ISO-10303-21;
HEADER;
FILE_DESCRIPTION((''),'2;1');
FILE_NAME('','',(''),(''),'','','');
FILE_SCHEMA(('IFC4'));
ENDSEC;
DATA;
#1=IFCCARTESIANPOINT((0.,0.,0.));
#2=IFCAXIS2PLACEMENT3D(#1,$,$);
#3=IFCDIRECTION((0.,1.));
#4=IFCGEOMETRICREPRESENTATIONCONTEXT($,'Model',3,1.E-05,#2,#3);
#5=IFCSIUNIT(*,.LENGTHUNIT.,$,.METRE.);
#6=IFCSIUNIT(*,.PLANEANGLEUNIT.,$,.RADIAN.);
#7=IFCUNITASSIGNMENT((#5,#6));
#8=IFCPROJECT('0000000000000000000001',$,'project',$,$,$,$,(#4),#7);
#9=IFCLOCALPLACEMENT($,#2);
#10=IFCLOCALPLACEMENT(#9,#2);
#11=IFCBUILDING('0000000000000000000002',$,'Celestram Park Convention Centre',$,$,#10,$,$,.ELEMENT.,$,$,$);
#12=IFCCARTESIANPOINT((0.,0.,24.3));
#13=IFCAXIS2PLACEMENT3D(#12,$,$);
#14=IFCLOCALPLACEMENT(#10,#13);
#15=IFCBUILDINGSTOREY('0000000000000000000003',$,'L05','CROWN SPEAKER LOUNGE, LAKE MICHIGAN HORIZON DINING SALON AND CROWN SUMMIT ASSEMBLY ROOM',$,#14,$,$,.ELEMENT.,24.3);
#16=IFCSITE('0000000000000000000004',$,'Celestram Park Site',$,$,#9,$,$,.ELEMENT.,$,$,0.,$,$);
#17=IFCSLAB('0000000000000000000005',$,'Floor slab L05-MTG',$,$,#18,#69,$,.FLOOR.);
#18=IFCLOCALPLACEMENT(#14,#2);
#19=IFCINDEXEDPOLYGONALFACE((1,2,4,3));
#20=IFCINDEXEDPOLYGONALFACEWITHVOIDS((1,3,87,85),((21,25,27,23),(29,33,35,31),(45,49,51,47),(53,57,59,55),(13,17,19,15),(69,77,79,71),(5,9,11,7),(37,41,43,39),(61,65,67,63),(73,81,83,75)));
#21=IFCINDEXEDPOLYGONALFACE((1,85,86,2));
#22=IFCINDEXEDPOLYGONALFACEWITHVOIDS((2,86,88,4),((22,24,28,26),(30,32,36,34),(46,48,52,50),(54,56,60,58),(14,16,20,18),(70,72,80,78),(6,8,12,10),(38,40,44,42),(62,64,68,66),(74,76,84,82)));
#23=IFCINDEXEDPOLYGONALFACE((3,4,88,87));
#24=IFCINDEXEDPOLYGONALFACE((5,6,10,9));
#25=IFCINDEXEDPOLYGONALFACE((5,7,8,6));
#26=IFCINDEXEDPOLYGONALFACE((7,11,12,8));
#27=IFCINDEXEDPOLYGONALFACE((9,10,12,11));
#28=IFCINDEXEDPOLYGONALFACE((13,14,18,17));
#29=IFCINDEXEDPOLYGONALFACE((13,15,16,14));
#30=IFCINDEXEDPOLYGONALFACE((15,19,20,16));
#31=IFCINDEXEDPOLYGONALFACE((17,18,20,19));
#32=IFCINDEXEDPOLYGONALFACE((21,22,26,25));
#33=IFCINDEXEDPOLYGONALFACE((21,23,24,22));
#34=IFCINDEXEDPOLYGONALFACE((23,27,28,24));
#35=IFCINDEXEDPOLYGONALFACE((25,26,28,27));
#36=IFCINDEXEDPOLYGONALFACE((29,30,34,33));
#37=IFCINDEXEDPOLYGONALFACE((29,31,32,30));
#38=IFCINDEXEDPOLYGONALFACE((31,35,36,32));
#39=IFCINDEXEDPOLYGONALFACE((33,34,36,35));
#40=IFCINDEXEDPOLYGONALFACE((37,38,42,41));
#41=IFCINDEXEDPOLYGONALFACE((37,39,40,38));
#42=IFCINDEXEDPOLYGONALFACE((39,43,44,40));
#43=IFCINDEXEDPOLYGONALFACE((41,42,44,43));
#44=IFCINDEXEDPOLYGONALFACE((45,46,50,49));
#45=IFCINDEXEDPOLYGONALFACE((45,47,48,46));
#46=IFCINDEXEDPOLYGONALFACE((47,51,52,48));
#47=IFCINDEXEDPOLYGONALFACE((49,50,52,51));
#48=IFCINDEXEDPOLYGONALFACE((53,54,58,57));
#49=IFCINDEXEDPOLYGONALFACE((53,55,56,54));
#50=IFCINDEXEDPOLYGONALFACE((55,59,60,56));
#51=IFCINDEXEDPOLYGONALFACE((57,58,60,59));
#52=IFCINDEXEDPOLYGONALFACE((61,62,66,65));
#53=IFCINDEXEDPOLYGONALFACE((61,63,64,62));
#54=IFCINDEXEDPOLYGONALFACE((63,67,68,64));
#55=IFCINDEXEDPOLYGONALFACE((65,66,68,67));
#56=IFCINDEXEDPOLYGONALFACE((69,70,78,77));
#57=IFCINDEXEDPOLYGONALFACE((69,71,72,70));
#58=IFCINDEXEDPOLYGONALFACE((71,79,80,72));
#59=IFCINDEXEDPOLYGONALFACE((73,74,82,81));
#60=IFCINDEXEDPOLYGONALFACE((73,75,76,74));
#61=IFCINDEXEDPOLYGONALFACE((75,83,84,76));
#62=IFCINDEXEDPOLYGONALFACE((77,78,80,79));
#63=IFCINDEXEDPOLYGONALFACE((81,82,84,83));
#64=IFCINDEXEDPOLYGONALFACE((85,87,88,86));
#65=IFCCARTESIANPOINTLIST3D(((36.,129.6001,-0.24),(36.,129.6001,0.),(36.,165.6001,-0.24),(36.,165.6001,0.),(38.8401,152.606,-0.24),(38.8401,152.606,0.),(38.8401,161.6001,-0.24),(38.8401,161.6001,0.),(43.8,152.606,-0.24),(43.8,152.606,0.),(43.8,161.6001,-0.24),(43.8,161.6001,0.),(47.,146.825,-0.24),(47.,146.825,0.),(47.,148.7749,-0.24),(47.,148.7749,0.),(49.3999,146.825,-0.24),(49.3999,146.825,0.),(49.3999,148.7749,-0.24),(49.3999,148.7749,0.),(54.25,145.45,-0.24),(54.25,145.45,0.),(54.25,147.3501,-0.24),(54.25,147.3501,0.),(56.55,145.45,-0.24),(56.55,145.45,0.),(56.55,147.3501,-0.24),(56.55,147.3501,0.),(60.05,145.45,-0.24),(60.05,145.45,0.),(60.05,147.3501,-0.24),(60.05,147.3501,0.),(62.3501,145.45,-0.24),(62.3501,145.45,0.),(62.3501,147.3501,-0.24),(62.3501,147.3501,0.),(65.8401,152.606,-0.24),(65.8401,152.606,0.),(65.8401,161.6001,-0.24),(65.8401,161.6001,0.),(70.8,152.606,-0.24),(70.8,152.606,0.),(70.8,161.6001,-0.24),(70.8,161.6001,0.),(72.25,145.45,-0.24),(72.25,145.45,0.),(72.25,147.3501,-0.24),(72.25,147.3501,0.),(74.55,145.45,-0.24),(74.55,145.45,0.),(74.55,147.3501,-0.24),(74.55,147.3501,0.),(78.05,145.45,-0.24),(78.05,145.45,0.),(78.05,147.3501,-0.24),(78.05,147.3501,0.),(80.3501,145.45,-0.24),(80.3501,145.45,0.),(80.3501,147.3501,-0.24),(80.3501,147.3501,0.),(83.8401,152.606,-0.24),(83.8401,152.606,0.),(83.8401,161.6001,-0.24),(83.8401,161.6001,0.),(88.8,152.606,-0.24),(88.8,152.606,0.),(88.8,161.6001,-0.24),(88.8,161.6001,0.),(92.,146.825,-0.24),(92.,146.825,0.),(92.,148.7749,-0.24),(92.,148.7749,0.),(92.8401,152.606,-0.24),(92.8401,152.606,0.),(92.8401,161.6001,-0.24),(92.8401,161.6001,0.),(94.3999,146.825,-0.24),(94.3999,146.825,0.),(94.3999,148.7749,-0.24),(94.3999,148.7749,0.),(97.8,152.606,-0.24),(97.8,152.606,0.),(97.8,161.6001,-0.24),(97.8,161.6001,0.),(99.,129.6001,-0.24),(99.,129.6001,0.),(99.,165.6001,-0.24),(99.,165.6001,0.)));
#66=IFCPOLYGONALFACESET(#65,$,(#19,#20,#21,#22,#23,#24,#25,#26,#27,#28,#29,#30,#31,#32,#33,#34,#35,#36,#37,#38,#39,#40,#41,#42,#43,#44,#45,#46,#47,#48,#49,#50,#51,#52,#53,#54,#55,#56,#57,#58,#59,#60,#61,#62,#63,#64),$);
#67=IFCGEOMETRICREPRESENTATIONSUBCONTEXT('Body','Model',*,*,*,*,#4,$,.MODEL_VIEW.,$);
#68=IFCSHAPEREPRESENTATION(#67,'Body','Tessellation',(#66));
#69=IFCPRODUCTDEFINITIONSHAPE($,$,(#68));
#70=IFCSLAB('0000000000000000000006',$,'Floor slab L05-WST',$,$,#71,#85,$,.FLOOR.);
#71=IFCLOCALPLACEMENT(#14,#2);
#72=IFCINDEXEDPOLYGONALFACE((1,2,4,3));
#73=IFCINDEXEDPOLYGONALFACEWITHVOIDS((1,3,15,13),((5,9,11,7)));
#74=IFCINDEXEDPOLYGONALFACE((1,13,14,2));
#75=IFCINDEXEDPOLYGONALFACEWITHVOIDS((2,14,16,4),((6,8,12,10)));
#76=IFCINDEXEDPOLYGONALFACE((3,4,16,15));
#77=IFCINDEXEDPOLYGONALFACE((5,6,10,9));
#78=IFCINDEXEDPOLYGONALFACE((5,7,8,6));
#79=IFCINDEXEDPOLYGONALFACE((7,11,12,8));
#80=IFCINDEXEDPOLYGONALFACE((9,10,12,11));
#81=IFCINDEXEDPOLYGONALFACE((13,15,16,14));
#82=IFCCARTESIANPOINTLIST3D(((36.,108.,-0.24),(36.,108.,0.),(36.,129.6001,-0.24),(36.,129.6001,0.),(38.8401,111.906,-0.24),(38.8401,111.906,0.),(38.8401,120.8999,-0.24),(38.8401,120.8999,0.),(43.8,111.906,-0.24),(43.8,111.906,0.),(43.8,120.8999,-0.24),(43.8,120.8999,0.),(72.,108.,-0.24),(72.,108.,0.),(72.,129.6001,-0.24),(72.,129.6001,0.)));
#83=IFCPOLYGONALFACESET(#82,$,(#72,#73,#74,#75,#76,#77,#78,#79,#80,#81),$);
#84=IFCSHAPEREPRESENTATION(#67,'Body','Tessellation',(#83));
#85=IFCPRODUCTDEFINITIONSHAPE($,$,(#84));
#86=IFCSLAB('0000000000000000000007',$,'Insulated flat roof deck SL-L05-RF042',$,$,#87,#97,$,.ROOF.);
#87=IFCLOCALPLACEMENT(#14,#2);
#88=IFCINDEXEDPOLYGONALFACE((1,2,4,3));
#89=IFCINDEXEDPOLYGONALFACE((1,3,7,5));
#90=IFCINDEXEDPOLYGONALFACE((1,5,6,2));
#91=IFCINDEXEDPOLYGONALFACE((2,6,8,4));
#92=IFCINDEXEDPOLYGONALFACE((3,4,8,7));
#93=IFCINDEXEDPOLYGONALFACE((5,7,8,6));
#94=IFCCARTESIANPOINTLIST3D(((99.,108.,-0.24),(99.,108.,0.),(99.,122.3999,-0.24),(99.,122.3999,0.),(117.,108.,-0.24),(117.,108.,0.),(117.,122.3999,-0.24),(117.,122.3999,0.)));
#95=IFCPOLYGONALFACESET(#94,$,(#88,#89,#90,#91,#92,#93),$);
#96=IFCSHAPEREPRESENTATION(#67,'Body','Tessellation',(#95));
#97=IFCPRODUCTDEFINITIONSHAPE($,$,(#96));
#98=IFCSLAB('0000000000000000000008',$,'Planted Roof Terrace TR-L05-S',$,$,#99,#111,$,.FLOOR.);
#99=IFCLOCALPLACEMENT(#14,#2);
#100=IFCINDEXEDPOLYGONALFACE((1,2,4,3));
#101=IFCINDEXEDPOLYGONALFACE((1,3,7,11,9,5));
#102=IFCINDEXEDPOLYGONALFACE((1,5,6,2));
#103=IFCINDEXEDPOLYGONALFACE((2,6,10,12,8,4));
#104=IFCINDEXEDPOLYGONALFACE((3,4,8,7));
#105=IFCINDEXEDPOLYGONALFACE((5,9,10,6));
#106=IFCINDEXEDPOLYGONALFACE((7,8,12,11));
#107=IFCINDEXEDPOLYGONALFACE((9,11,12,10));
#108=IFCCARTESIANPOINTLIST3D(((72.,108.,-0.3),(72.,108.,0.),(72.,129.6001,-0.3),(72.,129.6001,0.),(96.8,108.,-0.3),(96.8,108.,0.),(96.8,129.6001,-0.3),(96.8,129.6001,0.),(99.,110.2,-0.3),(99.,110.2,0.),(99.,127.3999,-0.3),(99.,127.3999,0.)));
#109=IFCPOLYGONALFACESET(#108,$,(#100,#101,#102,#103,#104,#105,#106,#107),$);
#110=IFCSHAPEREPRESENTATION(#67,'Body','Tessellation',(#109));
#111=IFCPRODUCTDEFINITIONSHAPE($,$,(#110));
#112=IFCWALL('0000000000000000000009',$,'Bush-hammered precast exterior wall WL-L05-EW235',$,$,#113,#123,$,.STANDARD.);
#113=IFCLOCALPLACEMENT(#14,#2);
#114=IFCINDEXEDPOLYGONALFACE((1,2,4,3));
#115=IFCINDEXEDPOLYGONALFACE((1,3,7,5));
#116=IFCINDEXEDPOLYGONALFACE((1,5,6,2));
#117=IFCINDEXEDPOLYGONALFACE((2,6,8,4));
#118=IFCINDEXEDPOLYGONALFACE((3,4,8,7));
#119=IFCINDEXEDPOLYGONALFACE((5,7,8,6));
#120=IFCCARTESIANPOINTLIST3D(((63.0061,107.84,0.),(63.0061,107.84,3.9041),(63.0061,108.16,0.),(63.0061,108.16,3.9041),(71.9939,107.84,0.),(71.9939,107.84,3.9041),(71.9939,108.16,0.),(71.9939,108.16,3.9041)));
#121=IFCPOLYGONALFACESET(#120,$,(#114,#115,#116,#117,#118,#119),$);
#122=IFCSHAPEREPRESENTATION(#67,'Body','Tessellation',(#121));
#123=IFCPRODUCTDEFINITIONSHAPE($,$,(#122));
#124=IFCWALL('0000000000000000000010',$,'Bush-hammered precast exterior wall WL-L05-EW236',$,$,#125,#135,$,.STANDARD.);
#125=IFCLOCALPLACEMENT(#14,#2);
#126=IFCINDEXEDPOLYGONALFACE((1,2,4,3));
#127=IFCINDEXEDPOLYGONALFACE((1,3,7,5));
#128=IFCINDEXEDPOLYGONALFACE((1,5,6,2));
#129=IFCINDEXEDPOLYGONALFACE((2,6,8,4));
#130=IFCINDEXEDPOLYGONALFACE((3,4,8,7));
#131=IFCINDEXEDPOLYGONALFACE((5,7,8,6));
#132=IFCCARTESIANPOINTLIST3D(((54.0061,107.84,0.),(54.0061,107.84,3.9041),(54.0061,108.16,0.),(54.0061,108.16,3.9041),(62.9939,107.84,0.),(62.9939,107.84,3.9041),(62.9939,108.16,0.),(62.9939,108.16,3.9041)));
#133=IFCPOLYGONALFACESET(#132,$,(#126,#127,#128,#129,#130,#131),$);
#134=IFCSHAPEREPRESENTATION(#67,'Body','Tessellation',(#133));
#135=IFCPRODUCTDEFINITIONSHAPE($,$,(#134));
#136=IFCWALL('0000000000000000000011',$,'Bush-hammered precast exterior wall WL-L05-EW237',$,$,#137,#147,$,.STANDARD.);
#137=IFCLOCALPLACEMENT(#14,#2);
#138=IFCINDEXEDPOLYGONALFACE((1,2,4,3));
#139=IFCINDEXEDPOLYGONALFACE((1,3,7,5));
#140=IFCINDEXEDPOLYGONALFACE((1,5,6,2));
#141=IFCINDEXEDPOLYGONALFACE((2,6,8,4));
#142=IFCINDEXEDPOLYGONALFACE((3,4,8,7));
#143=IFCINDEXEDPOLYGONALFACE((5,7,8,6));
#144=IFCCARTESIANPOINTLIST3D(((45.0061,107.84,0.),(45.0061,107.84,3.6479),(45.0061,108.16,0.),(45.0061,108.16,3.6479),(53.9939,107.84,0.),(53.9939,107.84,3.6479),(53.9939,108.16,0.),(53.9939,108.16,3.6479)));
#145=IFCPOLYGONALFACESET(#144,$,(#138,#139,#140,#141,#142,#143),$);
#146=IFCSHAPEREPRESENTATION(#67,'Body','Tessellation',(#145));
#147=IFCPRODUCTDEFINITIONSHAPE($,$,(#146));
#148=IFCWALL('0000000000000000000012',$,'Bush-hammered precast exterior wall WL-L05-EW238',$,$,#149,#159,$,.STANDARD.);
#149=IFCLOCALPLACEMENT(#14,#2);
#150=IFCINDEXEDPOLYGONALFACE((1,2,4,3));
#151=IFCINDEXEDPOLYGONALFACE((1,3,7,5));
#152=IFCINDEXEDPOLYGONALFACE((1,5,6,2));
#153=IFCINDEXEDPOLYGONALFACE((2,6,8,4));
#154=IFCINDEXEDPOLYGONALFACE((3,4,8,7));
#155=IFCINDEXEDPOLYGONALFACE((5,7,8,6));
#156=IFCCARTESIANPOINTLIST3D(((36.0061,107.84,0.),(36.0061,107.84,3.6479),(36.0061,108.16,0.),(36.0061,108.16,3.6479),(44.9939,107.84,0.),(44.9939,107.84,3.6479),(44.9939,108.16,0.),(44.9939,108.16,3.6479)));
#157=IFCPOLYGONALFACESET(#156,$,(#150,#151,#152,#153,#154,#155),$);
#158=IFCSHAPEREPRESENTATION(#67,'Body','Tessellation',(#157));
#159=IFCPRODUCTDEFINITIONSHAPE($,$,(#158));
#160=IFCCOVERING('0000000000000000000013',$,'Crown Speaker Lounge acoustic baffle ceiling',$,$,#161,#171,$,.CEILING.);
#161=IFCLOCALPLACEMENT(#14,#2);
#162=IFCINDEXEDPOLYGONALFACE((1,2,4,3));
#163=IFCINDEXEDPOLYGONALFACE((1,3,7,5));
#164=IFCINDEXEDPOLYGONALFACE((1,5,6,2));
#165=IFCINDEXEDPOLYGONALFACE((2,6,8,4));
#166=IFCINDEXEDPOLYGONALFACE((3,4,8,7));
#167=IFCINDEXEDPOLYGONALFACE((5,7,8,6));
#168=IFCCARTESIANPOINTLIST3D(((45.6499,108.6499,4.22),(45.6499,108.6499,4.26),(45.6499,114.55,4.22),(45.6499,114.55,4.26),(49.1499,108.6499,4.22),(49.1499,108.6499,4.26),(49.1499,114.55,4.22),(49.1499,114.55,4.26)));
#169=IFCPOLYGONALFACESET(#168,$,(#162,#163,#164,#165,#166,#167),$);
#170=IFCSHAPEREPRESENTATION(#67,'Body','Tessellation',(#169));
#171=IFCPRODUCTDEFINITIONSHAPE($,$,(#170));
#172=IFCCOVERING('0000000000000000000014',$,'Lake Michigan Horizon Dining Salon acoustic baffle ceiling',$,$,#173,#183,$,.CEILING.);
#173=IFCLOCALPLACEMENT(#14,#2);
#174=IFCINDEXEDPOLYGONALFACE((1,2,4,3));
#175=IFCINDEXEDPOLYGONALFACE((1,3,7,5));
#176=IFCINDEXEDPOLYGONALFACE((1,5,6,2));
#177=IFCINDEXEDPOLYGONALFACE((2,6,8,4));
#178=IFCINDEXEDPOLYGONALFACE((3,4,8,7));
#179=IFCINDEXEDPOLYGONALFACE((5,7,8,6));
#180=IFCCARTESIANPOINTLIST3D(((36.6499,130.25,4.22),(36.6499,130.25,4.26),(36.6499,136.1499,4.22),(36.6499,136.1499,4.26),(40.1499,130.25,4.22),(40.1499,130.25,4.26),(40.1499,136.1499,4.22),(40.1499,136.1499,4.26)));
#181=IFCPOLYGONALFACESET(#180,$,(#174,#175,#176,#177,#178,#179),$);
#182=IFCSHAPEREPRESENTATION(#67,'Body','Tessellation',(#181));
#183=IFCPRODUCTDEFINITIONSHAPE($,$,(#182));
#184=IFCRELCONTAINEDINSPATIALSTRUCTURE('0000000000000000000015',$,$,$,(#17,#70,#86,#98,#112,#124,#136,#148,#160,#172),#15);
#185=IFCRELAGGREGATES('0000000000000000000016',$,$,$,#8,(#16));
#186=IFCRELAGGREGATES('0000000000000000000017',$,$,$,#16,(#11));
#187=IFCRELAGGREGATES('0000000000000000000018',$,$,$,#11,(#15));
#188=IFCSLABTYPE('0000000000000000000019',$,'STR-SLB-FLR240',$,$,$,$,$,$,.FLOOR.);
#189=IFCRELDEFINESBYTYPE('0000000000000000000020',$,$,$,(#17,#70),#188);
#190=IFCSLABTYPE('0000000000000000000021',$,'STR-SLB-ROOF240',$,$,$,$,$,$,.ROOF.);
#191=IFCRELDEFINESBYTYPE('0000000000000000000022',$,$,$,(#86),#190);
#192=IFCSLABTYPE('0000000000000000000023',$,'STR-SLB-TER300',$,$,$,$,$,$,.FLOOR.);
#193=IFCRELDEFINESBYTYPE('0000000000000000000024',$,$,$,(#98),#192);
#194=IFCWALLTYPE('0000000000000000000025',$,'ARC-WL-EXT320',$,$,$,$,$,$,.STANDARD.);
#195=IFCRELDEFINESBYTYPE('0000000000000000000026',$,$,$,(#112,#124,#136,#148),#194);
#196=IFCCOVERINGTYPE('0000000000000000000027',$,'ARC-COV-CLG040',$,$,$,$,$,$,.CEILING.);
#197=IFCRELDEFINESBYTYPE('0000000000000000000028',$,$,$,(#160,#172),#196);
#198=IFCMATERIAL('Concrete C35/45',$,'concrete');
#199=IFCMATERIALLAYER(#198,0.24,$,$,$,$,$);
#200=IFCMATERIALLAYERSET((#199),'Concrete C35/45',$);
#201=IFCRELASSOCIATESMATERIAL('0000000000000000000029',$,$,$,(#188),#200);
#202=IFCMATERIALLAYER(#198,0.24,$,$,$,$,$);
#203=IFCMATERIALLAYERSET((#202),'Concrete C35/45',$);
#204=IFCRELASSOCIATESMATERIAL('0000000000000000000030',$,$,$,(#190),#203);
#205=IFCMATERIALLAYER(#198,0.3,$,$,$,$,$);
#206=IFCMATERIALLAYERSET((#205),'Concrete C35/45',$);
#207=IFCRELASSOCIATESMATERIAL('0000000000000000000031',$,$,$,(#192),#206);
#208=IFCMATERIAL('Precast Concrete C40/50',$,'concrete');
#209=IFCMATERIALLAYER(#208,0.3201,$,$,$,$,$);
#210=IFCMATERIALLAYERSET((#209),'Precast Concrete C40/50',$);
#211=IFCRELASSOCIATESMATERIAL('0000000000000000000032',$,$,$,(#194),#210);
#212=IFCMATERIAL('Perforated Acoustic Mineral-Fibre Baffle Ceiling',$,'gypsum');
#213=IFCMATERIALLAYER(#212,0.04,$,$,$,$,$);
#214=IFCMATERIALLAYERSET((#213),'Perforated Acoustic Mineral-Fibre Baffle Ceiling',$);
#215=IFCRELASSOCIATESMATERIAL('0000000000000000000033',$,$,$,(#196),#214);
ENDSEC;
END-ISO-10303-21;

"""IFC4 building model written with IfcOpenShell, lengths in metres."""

from ifc_helpers import new_model, si_unit, direction, frame, frame_2d, origin, place, context, subcontext, project, spatial, polyline, rectangle, outline, extrude, material, layer, layer_set, type_object, element, save


model = new_model("IFC4")

# Units and contexts
model_context = context("Model", 3, precision=1e-05, world=origin(), true_north=direction((0.0, 1.0)))
body_context = subcontext(model_context, "Body", "Model", "MODEL_VIEW")
ifc_project = project(units=[si_unit("LENGTHUNIT", "METRE"), si_unit("PLANEANGLEUNIT", "RADIAN")], contexts=[model_context])

# Site, building, storey
site_placement = place(None, origin())
site = spatial("IfcSite", under=ifc_project, at=site_placement, Name="Celestram Park Site", CompositionType="ELEMENT", RefElevation=0.0)
building_placement = place(site_placement, origin())
building = spatial("IfcBuilding", under=site, at=building_placement, Name="Celestram Park Convention Centre", CompositionType="ELEMENT")
storey_placement = place(building_placement, frame((0.0, 0.0, 24.3)))
storey = spatial("IfcBuildingStorey", under=building, at=storey_placement, Name="L05", Description="CROWN SPEAKER LOUNGE, LAKE MICHIGAN HORIZON DINING SALON AND CROWN SUMMIT ASSEMBLY ROOM", CompositionType="ELEMENT", Elevation=24.3)

# Slabs
ifc_material_1 = material(Name="Concrete C35/45", Category="concrete")
ifc_layer_1 = layer(ifc_material_1, 0.24)
ifc_layer_set_1 = layer_set([ifc_layer_1], Name="Concrete C35/45")
slab_type_1 = type_object("IfcSlabType", Name="STR-SLB-FLR240", PredefinedType="FLOOR", material=ifc_layer_set_1)
slab_1_placement = place(storey_placement, frame((0.0, 0.0, -0.24)))
element("IfcSlab", 1, at=slab_1_placement, inside=storey, type_object=slab_type_1, Name="Floor slab L05-MTG", PredefinedType="FLOOR", context=body_context, shape_type="SweptSolid", body=[
    extrude(outline(polyline([(36.0, 129.6001), (36.0, 165.6001), (99.0, 165.6001), (99.0, 129.6001), (36.0, 129.6001)]), holes=[polyline([(56.55, 147.3501), (54.25, 147.3501), (54.25, 145.45), (56.55, 145.45), (56.55, 147.3501)]), polyline([(62.3501, 147.3501), (60.05, 147.3501), (60.05, 145.45), (62.3501, 145.45), (62.3501, 147.3501)]), polyline([(49.3999, 146.825), (49.3999, 148.7749), (47.0, 148.7749), (47.0, 146.825), (49.3999, 146.825)]), polyline([(43.8, 161.6001), (38.8401, 161.6001), (38.8401, 152.606), (43.8, 152.606), (43.8, 161.6001)]), polyline([(65.8401, 161.6001), (65.8401, 152.606), (70.8, 152.606), (70.8, 161.6001), (65.8401, 161.6001)]), polyline([(74.55, 145.45), (74.55, 147.3501), (72.25, 147.3501), (72.25, 145.45), (74.55, 145.45)]), polyline([(80.3501, 145.45), (80.3501, 147.3501), (78.05, 147.3501), (78.05, 145.45), (80.3501, 145.45)]), polyline([(94.3999, 148.7749), (92.0, 148.7749), (92.0, 146.825), (94.3999, 146.825), (94.3999, 148.7749)]), polyline([(88.8, 161.6001), (83.8401, 161.6001), (83.8401, 152.606), (88.8, 152.606), (88.8, 161.6001)]), polyline([(97.8, 161.6001), (92.8401, 161.6001), (92.8401, 152.606), (97.8, 152.606), (97.8, 161.6001)])]), origin(), (0.0, 0.0, 1.0), 0.24),
])
slab_2_placement = place(storey_placement, frame((0.0, 0.0, -0.24)))
element("IfcSlab", 2, at=slab_2_placement, inside=storey, type_object=slab_type_1, Name="Floor slab L05-WST", PredefinedType="FLOOR", context=body_context, shape_type="SweptSolid", body=[
    extrude(outline(polyline([(36.0, 108.0), (36.0, 129.6001), (72.0, 129.6001), (72.0, 108.0), (36.0, 108.0)]), holes=[polyline([(38.8401, 120.8999), (38.8401, 111.906), (43.8, 111.906), (43.8, 120.8999), (38.8401, 120.8999)])]), origin(), (0.0, 0.0, 1.0), 0.24),
])
ifc_layer_2 = layer(ifc_material_1, 0.24)
ifc_layer_set_2 = layer_set([ifc_layer_2], Name="Concrete C35/45")
slab_type_2 = type_object("IfcSlabType", Name="STR-SLB-ROOF240", PredefinedType="ROOF", material=ifc_layer_set_2)
slab_3_placement = place(storey_placement, frame((0.0, 0.0, -0.24)))
element("IfcSlab", 3, at=slab_3_placement, inside=storey, type_object=slab_type_2, Name="Insulated flat roof deck SL-L05-RF042", PredefinedType="ROOF", context=body_context, shape_type="SweptSolid", body=[
    extrude(outline(polyline([(99.0, 108.0), (99.0, 122.3999), (117.0, 122.3999), (117.0, 108.0), (99.0, 108.0)])), origin(), (0.0, 0.0, 1.0), 0.24),
])
ifc_layer_3 = layer(ifc_material_1, 0.3)
ifc_layer_set_3 = layer_set([ifc_layer_3], Name="Concrete C35/45")
slab_type_3 = type_object("IfcSlabType", Name="STR-SLB-TER300", PredefinedType="FLOOR", material=ifc_layer_set_3)
slab_4_placement = place(storey_placement, frame((0.0, 0.0, -0.3)))
element("IfcSlab", 4, at=slab_4_placement, inside=storey, type_object=slab_type_3, Name="Planted Roof Terrace TR-L05-S", PredefinedType="FLOOR", context=body_context, shape_type="SweptSolid", body=[
    extrude(outline(polyline([(72.0, 108.0), (96.8, 108.0), (99.0, 110.2), (99.0, 127.3999), (96.8, 129.6001), (72.0, 129.6001), (72.0, 108.0)])), origin(), (0.0, 0.0, 1.0), 0.3),
])

# Walls
ifc_material_2 = material(Name="Precast Concrete C40/50", Category="concrete")
ifc_layer_4 = layer(ifc_material_2, 0.3201)
ifc_layer_set_4 = layer_set([ifc_layer_4], Name="Precast Concrete C40/50")
wall_type = type_object("IfcWallType", Name="ARC-WL-EXT320", PredefinedType="STANDARD", material=ifc_layer_set_4)
for number, where, z_axis, x_axis, name in (
    (5, (71.9939, 108.0, 0.0), (0.0, 0.0, 1.0), (-1.0, 0.0, 0.0), "Bush-hammered precast exterior wall WL-L05-EW235"),
    (6, (62.9939, 108.0, 0.0), (0.0, 0.0, 1.0), (-1.0, 0.0, 0.0), "Bush-hammered precast exterior wall WL-L05-EW236"),
):
    element("IfcWall", number, at=place(storey_placement, frame(where, z_axis=z_axis, x_axis=x_axis)), inside=storey, type_object=wall_type, Name=name, PredefinedType="STANDARD", context=body_context, shape_type="SweptSolid", body=[
        extrude(rectangle(XDim=8.9878, YDim=0.3201, at=frame_2d((4.4939, 0.0))), origin(), (0.0, 0.0, 1.0), 3.9041),
    ])
for number, where, z_axis, x_axis, name in (
    (7, (53.9939, 108.0, 0.0), (0.0, 0.0, 1.0), (-1.0, 0.0, 0.0), "Bush-hammered precast exterior wall WL-L05-EW237"),
    (8, (44.9939, 108.0, 0.0), (0.0, 0.0, 1.0), (-1.0, 0.0, 0.0), "Bush-hammered precast exterior wall WL-L05-EW238"),
):
    element("IfcWall", number, at=place(storey_placement, frame(where, z_axis=z_axis, x_axis=x_axis)), inside=storey, type_object=wall_type, Name=name, PredefinedType="STANDARD", context=body_context, shape_type="SweptSolid", body=[
        extrude(rectangle(XDim=8.9878, YDim=0.3201, at=frame_2d((4.4939, 0.0))), origin(), (0.0, 0.0, 1.0), 3.6479),
    ])

# Coverings
ifc_material_3 = material(Name="Perforated Acoustic Mineral-Fibre Baffle Ceiling", Category="gypsum")
ifc_layer_5 = layer(ifc_material_3, 0.04)
ifc_layer_set_5 = layer_set([ifc_layer_5], Name="Perforated Acoustic Mineral-Fibre Baffle Ceiling")
covering_type_1 = type_object("IfcCoveringType", Name="ARC-COV-CLG040", PredefinedType="CEILING", material=ifc_layer_set_5)
covering_1_placement = place(storey_placement, frame((0.0, 0.0, 4.22)))
element("IfcCovering", 9, at=covering_1_placement, inside=storey, type_object=covering_type_1, Name="Crown Speaker Lounge acoustic baffle ceiling", PredefinedType="CEILING", context=body_context, shape_type="SweptSolid", body=[
    extrude(outline(polyline([(45.6499, 108.6499), (49.1499, 108.6499), (49.1499, 114.55), (45.6499, 114.55), (45.6499, 108.6499)])), origin(), (0.0, 0.0, 1.0), 0.04),
])
covering_2_placement = place(storey_placement, frame((0.0, 0.0, 4.22)))
element("IfcCovering", 10, at=covering_2_placement, inside=storey, type_object=covering_type_1, Name="Lake Michigan Horizon Dining Salon acoustic baffle ceiling", PredefinedType="CEILING", context=body_context, shape_type="SweptSolid", body=[
    extrude(outline(polyline([(36.6499, 130.25), (40.1499, 130.25), (40.1499, 136.1499), (36.6499, 136.1499), (36.6499, 130.25)])), origin(), (0.0, 0.0, 1.0), 0.04),
])

save(model, "model.ifc")
